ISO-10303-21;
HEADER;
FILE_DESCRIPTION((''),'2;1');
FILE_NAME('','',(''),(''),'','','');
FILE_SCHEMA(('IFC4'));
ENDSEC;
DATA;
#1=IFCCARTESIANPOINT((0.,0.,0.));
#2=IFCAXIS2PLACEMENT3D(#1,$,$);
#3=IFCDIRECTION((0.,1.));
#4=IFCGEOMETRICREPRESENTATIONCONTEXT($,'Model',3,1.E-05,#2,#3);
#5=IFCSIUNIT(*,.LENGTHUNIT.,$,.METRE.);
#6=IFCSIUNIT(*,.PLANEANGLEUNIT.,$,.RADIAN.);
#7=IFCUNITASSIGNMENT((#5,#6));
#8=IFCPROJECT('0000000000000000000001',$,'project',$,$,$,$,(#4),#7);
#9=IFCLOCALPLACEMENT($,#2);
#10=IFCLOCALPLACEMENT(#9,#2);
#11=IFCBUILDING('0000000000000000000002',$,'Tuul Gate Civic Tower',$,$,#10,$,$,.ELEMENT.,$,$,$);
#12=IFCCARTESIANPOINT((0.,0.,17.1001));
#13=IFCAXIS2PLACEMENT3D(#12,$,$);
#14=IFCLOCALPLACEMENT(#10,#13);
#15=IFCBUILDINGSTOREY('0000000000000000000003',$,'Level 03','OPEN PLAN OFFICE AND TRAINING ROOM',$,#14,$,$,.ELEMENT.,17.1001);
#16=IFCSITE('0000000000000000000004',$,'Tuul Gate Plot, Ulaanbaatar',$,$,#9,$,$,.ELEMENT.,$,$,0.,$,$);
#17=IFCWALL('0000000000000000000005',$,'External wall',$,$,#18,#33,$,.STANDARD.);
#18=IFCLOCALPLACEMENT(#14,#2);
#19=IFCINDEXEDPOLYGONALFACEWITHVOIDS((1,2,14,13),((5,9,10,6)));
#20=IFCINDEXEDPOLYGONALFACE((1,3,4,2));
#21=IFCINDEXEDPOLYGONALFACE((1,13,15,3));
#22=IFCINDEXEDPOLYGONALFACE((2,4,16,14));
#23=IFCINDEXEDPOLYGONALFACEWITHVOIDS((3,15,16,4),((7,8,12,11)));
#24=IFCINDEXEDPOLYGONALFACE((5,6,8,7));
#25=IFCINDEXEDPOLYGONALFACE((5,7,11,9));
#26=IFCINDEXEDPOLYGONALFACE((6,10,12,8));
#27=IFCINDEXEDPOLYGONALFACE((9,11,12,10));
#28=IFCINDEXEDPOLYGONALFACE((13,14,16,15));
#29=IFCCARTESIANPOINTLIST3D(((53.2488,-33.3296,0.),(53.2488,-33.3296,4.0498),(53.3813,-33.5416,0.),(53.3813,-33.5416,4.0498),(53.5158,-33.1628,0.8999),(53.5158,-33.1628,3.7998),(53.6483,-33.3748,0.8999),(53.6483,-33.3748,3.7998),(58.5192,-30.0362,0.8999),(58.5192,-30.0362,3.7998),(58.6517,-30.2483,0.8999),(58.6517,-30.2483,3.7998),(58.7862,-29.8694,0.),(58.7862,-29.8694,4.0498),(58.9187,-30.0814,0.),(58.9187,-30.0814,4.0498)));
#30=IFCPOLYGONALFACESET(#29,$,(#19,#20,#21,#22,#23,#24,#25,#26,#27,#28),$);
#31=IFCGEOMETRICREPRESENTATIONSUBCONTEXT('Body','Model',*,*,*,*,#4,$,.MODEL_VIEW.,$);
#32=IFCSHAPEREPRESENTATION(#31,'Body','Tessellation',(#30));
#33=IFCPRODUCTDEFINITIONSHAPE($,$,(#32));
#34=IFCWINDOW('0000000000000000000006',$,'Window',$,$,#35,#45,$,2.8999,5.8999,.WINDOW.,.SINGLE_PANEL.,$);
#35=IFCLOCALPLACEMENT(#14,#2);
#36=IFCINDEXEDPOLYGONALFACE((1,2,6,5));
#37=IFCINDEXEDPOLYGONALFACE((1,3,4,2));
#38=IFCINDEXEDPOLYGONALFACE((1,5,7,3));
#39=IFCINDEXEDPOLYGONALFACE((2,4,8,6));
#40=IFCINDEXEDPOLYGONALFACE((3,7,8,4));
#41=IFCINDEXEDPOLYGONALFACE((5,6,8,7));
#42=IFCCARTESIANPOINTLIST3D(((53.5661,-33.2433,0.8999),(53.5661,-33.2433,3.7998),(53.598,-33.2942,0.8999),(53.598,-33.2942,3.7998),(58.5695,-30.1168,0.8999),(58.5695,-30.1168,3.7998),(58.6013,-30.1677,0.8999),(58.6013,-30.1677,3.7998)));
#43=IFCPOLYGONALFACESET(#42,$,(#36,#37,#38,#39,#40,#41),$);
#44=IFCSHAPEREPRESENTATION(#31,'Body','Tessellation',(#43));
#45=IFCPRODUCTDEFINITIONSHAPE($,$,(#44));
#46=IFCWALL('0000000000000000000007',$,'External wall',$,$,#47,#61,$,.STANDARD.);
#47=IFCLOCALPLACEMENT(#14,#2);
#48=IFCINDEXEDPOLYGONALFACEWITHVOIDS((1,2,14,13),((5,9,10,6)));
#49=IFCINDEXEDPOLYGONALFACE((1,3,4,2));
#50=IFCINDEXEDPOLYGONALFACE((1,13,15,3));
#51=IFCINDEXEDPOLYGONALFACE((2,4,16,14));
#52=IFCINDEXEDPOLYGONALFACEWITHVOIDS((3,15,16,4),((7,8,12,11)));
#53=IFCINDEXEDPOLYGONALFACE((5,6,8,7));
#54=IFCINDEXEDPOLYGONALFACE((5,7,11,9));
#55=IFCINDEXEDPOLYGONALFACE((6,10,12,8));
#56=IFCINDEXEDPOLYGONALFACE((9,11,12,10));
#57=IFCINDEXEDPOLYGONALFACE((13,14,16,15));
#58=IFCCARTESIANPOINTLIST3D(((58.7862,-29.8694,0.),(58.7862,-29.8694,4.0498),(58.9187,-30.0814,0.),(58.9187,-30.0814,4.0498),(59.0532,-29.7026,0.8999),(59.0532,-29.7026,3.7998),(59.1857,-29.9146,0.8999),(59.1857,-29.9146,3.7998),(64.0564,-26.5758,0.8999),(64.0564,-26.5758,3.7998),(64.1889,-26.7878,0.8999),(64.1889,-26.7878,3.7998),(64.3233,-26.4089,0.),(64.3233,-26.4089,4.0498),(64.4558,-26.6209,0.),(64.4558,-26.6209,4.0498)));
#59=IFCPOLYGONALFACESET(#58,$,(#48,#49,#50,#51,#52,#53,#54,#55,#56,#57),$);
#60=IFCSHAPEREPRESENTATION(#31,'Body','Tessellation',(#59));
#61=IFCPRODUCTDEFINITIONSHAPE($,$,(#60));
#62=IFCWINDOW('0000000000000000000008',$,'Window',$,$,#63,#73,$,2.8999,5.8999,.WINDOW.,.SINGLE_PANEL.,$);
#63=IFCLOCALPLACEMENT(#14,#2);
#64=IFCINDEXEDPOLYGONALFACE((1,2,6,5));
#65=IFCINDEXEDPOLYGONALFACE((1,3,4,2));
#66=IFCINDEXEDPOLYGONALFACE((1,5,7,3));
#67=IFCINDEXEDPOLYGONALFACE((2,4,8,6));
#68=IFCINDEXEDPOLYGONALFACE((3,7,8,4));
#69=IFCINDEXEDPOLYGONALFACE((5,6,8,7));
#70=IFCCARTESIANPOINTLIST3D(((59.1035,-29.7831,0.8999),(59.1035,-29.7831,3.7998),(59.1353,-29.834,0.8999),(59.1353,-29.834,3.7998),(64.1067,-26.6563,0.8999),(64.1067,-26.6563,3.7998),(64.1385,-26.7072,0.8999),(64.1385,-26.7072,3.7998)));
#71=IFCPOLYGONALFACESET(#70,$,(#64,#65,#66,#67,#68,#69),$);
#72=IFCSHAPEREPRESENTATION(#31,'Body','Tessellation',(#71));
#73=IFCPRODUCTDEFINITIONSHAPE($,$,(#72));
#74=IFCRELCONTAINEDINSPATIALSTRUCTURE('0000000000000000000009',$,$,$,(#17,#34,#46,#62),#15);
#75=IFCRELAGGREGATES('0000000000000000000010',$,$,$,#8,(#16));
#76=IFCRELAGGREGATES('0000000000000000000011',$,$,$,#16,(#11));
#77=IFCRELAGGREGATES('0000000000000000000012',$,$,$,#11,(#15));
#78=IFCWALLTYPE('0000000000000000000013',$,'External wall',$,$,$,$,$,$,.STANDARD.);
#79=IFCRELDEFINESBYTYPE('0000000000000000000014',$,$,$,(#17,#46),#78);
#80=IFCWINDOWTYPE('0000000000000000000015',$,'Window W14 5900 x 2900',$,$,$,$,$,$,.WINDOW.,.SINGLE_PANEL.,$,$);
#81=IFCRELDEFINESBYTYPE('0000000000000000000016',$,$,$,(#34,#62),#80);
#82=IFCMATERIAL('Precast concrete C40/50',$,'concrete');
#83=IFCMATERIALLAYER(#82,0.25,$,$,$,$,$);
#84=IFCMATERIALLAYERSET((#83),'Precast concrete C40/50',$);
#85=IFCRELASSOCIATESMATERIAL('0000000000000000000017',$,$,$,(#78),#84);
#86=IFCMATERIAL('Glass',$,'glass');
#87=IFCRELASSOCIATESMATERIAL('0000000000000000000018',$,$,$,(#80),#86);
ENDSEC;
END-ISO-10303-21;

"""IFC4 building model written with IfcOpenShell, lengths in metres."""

from ifc_helpers import new_model, si_unit, direction, frame, frame_2d, origin, place, context, subcontext, project, spatial, rectangle, extrude, material, layer, layer_set, type_object, element, fill, save


model = new_model("IFC4")

# Units and contexts
model_context = context("Model", 3, precision=1e-05, world=origin(), true_north=direction((0.0, 1.0)))
body_context = subcontext(model_context, "Body", "Model", "MODEL_VIEW")
ifc_project = project(units=[si_unit("LENGTHUNIT", "METRE"), si_unit("PLANEANGLEUNIT", "RADIAN")], contexts=[model_context])

# Site, building, storey
site_placement = place(None, origin())
site = spatial("IfcSite", under=ifc_project, at=site_placement, Name="Tuul Gate Plot, Ulaanbaatar", CompositionType="ELEMENT", RefElevation=0.0)
building_placement = place(site_placement, origin())
building = spatial("IfcBuilding", under=site, at=building_placement, Name="Tuul Gate Civic Tower", CompositionType="ELEMENT")
storey_placement = place(building_placement, frame((0.0, 0.0, 17.1001)))
storey = spatial("IfcBuildingStorey", under=building, at=storey_placement, Name="Level 03", Description="OPEN PLAN OFFICE AND TRAINING ROOM", CompositionType="ELEMENT", Elevation=17.1001)

# Shared definitions
ifc_material_1 = material(Name="Precast concrete C40/50", Category="concrete")
ifc_layer_1 = layer(ifc_material_1, 0.25)
ifc_layer_set_1 = layer_set([ifc_layer_1], Name="Precast concrete C40/50")
wall_type_1 = type_object("IfcWallType", Name="External wall", PredefinedType="STANDARD", material=ifc_layer_set_1)

# Walls, openings, windows
ifc_material_2 = material(Name="Glass", Category="glass")
window_type_1 = type_object("IfcWindowType", Name="Window W14 5900 x 2900", PartitioningType="SINGLE_PANEL", PredefinedType="WINDOW", material=ifc_material_2)
wall_1_placement = place(storey_placement, frame((53.3152, -33.4355, 0.0), z_axis=(0.0, 0.0, 1.0), x_axis=(0.848042, 0.529928, 0.0)))
wall_1 = element("IfcWall", 1, at=wall_1_placement, inside=storey, type_object=wall_type_1, Name="External wall", PredefinedType="STANDARD", context=body_context, shape_type="SweptSolid", body=[
    extrude(rectangle(XDim=6.5295, YDim=0.25, at=frame_2d((3.2646, 0.0))), origin(), (0.0, 0.0, 1.0), 4.0498),
])
opening_1_placement = place(wall_1_placement, frame((0.3147, 0.0, 0.8999)))
opening_1 = element("IfcOpeningElement", 2, at=opening_1_placement, cuts=wall_1, PredefinedType="OPENING", context=body_context, shape_type="SweptSolid", body=[
    extrude(rectangle(XDim=5.8999, YDim=2.8999, at=frame_2d((2.95, 1.45))), frame((0.0, 0.135, 0.0), z_axis=(0.0, -1.0, 0.0), x_axis=(1.0, 0.0, 0.0)), (0.0, 0.0, 1.0), 0.27),
])
window_1_placement = place(opening_1_placement, origin())
window_1 = element("IfcWindow", 3, at=window_1_placement, inside=storey, type_object=window_type_1, Name="Window", OverallHeight=2.8999, OverallWidth=5.8999, PartitioningType="SINGLE_PANEL", PredefinedType="WINDOW", context=body_context, shape_type="SweptSolid", body=[
    extrude(rectangle(XDim=5.8999, YDim=2.8999, at=frame_2d((2.95, 1.45))), frame((0.0, 0.03, 0.0), z_axis=(0.0, -1.0, 0.0), x_axis=(1.0, 0.0, 0.0)), (0.0, 0.0, 1.0), 0.0601),
])
fill(opening_1, window_1)
wall_2_placement = place(storey_placement, frame((58.8525, -29.9753, 0.0), z_axis=(0.0, 0.0, 1.0), x_axis=(0.848015, 0.529972, 0.0)))
wall_2 = element("IfcWall", 4, at=wall_2_placement, inside=storey, type_object=wall_type_1, Name="External wall", PredefinedType="STANDARD", context=body_context, shape_type="SweptSolid", body=[
    extrude(rectangle(XDim=6.5295, YDim=0.25, at=frame_2d((3.2646, 0.0))), origin(), (0.0, 0.0, 1.0), 4.0498),
])
opening_2_placement = place(wall_2_placement, frame((0.3147, 0.0, 0.8999)))
opening_2 = element("IfcOpeningElement", 5, at=opening_2_placement, cuts=wall_2, PredefinedType="OPENING", context=body_context, shape_type="SweptSolid", body=[
    extrude(rectangle(XDim=5.8999, YDim=2.8999, at=frame_2d((2.95, 1.45))), frame((0.0, 0.135, 0.0), z_axis=(0.0, -1.0, 0.0), x_axis=(1.0, 0.0, 0.0)), (0.0, 0.0, 1.0), 0.27),
])
window_2_placement = place(opening_2_placement, origin())
window_2 = element("IfcWindow", 6, at=window_2_placement, inside=storey, type_object=window_type_1, Name="Window", OverallHeight=2.8999, OverallWidth=5.8999, PartitioningType="SINGLE_PANEL", PredefinedType="WINDOW", context=body_context, shape_type="SweptSolid", body=[
    extrude(rectangle(XDim=5.8999, YDim=2.8999, at=frame_2d((2.95, 1.45))), frame((0.0, 0.03, 0.0), z_axis=(0.0, -1.0, 0.0), x_axis=(1.0, 0.0, 0.0)), (0.0, 0.0, 1.0), 0.0601),
])
fill(opening_2, window_2)

save(model, "model.ifc")
